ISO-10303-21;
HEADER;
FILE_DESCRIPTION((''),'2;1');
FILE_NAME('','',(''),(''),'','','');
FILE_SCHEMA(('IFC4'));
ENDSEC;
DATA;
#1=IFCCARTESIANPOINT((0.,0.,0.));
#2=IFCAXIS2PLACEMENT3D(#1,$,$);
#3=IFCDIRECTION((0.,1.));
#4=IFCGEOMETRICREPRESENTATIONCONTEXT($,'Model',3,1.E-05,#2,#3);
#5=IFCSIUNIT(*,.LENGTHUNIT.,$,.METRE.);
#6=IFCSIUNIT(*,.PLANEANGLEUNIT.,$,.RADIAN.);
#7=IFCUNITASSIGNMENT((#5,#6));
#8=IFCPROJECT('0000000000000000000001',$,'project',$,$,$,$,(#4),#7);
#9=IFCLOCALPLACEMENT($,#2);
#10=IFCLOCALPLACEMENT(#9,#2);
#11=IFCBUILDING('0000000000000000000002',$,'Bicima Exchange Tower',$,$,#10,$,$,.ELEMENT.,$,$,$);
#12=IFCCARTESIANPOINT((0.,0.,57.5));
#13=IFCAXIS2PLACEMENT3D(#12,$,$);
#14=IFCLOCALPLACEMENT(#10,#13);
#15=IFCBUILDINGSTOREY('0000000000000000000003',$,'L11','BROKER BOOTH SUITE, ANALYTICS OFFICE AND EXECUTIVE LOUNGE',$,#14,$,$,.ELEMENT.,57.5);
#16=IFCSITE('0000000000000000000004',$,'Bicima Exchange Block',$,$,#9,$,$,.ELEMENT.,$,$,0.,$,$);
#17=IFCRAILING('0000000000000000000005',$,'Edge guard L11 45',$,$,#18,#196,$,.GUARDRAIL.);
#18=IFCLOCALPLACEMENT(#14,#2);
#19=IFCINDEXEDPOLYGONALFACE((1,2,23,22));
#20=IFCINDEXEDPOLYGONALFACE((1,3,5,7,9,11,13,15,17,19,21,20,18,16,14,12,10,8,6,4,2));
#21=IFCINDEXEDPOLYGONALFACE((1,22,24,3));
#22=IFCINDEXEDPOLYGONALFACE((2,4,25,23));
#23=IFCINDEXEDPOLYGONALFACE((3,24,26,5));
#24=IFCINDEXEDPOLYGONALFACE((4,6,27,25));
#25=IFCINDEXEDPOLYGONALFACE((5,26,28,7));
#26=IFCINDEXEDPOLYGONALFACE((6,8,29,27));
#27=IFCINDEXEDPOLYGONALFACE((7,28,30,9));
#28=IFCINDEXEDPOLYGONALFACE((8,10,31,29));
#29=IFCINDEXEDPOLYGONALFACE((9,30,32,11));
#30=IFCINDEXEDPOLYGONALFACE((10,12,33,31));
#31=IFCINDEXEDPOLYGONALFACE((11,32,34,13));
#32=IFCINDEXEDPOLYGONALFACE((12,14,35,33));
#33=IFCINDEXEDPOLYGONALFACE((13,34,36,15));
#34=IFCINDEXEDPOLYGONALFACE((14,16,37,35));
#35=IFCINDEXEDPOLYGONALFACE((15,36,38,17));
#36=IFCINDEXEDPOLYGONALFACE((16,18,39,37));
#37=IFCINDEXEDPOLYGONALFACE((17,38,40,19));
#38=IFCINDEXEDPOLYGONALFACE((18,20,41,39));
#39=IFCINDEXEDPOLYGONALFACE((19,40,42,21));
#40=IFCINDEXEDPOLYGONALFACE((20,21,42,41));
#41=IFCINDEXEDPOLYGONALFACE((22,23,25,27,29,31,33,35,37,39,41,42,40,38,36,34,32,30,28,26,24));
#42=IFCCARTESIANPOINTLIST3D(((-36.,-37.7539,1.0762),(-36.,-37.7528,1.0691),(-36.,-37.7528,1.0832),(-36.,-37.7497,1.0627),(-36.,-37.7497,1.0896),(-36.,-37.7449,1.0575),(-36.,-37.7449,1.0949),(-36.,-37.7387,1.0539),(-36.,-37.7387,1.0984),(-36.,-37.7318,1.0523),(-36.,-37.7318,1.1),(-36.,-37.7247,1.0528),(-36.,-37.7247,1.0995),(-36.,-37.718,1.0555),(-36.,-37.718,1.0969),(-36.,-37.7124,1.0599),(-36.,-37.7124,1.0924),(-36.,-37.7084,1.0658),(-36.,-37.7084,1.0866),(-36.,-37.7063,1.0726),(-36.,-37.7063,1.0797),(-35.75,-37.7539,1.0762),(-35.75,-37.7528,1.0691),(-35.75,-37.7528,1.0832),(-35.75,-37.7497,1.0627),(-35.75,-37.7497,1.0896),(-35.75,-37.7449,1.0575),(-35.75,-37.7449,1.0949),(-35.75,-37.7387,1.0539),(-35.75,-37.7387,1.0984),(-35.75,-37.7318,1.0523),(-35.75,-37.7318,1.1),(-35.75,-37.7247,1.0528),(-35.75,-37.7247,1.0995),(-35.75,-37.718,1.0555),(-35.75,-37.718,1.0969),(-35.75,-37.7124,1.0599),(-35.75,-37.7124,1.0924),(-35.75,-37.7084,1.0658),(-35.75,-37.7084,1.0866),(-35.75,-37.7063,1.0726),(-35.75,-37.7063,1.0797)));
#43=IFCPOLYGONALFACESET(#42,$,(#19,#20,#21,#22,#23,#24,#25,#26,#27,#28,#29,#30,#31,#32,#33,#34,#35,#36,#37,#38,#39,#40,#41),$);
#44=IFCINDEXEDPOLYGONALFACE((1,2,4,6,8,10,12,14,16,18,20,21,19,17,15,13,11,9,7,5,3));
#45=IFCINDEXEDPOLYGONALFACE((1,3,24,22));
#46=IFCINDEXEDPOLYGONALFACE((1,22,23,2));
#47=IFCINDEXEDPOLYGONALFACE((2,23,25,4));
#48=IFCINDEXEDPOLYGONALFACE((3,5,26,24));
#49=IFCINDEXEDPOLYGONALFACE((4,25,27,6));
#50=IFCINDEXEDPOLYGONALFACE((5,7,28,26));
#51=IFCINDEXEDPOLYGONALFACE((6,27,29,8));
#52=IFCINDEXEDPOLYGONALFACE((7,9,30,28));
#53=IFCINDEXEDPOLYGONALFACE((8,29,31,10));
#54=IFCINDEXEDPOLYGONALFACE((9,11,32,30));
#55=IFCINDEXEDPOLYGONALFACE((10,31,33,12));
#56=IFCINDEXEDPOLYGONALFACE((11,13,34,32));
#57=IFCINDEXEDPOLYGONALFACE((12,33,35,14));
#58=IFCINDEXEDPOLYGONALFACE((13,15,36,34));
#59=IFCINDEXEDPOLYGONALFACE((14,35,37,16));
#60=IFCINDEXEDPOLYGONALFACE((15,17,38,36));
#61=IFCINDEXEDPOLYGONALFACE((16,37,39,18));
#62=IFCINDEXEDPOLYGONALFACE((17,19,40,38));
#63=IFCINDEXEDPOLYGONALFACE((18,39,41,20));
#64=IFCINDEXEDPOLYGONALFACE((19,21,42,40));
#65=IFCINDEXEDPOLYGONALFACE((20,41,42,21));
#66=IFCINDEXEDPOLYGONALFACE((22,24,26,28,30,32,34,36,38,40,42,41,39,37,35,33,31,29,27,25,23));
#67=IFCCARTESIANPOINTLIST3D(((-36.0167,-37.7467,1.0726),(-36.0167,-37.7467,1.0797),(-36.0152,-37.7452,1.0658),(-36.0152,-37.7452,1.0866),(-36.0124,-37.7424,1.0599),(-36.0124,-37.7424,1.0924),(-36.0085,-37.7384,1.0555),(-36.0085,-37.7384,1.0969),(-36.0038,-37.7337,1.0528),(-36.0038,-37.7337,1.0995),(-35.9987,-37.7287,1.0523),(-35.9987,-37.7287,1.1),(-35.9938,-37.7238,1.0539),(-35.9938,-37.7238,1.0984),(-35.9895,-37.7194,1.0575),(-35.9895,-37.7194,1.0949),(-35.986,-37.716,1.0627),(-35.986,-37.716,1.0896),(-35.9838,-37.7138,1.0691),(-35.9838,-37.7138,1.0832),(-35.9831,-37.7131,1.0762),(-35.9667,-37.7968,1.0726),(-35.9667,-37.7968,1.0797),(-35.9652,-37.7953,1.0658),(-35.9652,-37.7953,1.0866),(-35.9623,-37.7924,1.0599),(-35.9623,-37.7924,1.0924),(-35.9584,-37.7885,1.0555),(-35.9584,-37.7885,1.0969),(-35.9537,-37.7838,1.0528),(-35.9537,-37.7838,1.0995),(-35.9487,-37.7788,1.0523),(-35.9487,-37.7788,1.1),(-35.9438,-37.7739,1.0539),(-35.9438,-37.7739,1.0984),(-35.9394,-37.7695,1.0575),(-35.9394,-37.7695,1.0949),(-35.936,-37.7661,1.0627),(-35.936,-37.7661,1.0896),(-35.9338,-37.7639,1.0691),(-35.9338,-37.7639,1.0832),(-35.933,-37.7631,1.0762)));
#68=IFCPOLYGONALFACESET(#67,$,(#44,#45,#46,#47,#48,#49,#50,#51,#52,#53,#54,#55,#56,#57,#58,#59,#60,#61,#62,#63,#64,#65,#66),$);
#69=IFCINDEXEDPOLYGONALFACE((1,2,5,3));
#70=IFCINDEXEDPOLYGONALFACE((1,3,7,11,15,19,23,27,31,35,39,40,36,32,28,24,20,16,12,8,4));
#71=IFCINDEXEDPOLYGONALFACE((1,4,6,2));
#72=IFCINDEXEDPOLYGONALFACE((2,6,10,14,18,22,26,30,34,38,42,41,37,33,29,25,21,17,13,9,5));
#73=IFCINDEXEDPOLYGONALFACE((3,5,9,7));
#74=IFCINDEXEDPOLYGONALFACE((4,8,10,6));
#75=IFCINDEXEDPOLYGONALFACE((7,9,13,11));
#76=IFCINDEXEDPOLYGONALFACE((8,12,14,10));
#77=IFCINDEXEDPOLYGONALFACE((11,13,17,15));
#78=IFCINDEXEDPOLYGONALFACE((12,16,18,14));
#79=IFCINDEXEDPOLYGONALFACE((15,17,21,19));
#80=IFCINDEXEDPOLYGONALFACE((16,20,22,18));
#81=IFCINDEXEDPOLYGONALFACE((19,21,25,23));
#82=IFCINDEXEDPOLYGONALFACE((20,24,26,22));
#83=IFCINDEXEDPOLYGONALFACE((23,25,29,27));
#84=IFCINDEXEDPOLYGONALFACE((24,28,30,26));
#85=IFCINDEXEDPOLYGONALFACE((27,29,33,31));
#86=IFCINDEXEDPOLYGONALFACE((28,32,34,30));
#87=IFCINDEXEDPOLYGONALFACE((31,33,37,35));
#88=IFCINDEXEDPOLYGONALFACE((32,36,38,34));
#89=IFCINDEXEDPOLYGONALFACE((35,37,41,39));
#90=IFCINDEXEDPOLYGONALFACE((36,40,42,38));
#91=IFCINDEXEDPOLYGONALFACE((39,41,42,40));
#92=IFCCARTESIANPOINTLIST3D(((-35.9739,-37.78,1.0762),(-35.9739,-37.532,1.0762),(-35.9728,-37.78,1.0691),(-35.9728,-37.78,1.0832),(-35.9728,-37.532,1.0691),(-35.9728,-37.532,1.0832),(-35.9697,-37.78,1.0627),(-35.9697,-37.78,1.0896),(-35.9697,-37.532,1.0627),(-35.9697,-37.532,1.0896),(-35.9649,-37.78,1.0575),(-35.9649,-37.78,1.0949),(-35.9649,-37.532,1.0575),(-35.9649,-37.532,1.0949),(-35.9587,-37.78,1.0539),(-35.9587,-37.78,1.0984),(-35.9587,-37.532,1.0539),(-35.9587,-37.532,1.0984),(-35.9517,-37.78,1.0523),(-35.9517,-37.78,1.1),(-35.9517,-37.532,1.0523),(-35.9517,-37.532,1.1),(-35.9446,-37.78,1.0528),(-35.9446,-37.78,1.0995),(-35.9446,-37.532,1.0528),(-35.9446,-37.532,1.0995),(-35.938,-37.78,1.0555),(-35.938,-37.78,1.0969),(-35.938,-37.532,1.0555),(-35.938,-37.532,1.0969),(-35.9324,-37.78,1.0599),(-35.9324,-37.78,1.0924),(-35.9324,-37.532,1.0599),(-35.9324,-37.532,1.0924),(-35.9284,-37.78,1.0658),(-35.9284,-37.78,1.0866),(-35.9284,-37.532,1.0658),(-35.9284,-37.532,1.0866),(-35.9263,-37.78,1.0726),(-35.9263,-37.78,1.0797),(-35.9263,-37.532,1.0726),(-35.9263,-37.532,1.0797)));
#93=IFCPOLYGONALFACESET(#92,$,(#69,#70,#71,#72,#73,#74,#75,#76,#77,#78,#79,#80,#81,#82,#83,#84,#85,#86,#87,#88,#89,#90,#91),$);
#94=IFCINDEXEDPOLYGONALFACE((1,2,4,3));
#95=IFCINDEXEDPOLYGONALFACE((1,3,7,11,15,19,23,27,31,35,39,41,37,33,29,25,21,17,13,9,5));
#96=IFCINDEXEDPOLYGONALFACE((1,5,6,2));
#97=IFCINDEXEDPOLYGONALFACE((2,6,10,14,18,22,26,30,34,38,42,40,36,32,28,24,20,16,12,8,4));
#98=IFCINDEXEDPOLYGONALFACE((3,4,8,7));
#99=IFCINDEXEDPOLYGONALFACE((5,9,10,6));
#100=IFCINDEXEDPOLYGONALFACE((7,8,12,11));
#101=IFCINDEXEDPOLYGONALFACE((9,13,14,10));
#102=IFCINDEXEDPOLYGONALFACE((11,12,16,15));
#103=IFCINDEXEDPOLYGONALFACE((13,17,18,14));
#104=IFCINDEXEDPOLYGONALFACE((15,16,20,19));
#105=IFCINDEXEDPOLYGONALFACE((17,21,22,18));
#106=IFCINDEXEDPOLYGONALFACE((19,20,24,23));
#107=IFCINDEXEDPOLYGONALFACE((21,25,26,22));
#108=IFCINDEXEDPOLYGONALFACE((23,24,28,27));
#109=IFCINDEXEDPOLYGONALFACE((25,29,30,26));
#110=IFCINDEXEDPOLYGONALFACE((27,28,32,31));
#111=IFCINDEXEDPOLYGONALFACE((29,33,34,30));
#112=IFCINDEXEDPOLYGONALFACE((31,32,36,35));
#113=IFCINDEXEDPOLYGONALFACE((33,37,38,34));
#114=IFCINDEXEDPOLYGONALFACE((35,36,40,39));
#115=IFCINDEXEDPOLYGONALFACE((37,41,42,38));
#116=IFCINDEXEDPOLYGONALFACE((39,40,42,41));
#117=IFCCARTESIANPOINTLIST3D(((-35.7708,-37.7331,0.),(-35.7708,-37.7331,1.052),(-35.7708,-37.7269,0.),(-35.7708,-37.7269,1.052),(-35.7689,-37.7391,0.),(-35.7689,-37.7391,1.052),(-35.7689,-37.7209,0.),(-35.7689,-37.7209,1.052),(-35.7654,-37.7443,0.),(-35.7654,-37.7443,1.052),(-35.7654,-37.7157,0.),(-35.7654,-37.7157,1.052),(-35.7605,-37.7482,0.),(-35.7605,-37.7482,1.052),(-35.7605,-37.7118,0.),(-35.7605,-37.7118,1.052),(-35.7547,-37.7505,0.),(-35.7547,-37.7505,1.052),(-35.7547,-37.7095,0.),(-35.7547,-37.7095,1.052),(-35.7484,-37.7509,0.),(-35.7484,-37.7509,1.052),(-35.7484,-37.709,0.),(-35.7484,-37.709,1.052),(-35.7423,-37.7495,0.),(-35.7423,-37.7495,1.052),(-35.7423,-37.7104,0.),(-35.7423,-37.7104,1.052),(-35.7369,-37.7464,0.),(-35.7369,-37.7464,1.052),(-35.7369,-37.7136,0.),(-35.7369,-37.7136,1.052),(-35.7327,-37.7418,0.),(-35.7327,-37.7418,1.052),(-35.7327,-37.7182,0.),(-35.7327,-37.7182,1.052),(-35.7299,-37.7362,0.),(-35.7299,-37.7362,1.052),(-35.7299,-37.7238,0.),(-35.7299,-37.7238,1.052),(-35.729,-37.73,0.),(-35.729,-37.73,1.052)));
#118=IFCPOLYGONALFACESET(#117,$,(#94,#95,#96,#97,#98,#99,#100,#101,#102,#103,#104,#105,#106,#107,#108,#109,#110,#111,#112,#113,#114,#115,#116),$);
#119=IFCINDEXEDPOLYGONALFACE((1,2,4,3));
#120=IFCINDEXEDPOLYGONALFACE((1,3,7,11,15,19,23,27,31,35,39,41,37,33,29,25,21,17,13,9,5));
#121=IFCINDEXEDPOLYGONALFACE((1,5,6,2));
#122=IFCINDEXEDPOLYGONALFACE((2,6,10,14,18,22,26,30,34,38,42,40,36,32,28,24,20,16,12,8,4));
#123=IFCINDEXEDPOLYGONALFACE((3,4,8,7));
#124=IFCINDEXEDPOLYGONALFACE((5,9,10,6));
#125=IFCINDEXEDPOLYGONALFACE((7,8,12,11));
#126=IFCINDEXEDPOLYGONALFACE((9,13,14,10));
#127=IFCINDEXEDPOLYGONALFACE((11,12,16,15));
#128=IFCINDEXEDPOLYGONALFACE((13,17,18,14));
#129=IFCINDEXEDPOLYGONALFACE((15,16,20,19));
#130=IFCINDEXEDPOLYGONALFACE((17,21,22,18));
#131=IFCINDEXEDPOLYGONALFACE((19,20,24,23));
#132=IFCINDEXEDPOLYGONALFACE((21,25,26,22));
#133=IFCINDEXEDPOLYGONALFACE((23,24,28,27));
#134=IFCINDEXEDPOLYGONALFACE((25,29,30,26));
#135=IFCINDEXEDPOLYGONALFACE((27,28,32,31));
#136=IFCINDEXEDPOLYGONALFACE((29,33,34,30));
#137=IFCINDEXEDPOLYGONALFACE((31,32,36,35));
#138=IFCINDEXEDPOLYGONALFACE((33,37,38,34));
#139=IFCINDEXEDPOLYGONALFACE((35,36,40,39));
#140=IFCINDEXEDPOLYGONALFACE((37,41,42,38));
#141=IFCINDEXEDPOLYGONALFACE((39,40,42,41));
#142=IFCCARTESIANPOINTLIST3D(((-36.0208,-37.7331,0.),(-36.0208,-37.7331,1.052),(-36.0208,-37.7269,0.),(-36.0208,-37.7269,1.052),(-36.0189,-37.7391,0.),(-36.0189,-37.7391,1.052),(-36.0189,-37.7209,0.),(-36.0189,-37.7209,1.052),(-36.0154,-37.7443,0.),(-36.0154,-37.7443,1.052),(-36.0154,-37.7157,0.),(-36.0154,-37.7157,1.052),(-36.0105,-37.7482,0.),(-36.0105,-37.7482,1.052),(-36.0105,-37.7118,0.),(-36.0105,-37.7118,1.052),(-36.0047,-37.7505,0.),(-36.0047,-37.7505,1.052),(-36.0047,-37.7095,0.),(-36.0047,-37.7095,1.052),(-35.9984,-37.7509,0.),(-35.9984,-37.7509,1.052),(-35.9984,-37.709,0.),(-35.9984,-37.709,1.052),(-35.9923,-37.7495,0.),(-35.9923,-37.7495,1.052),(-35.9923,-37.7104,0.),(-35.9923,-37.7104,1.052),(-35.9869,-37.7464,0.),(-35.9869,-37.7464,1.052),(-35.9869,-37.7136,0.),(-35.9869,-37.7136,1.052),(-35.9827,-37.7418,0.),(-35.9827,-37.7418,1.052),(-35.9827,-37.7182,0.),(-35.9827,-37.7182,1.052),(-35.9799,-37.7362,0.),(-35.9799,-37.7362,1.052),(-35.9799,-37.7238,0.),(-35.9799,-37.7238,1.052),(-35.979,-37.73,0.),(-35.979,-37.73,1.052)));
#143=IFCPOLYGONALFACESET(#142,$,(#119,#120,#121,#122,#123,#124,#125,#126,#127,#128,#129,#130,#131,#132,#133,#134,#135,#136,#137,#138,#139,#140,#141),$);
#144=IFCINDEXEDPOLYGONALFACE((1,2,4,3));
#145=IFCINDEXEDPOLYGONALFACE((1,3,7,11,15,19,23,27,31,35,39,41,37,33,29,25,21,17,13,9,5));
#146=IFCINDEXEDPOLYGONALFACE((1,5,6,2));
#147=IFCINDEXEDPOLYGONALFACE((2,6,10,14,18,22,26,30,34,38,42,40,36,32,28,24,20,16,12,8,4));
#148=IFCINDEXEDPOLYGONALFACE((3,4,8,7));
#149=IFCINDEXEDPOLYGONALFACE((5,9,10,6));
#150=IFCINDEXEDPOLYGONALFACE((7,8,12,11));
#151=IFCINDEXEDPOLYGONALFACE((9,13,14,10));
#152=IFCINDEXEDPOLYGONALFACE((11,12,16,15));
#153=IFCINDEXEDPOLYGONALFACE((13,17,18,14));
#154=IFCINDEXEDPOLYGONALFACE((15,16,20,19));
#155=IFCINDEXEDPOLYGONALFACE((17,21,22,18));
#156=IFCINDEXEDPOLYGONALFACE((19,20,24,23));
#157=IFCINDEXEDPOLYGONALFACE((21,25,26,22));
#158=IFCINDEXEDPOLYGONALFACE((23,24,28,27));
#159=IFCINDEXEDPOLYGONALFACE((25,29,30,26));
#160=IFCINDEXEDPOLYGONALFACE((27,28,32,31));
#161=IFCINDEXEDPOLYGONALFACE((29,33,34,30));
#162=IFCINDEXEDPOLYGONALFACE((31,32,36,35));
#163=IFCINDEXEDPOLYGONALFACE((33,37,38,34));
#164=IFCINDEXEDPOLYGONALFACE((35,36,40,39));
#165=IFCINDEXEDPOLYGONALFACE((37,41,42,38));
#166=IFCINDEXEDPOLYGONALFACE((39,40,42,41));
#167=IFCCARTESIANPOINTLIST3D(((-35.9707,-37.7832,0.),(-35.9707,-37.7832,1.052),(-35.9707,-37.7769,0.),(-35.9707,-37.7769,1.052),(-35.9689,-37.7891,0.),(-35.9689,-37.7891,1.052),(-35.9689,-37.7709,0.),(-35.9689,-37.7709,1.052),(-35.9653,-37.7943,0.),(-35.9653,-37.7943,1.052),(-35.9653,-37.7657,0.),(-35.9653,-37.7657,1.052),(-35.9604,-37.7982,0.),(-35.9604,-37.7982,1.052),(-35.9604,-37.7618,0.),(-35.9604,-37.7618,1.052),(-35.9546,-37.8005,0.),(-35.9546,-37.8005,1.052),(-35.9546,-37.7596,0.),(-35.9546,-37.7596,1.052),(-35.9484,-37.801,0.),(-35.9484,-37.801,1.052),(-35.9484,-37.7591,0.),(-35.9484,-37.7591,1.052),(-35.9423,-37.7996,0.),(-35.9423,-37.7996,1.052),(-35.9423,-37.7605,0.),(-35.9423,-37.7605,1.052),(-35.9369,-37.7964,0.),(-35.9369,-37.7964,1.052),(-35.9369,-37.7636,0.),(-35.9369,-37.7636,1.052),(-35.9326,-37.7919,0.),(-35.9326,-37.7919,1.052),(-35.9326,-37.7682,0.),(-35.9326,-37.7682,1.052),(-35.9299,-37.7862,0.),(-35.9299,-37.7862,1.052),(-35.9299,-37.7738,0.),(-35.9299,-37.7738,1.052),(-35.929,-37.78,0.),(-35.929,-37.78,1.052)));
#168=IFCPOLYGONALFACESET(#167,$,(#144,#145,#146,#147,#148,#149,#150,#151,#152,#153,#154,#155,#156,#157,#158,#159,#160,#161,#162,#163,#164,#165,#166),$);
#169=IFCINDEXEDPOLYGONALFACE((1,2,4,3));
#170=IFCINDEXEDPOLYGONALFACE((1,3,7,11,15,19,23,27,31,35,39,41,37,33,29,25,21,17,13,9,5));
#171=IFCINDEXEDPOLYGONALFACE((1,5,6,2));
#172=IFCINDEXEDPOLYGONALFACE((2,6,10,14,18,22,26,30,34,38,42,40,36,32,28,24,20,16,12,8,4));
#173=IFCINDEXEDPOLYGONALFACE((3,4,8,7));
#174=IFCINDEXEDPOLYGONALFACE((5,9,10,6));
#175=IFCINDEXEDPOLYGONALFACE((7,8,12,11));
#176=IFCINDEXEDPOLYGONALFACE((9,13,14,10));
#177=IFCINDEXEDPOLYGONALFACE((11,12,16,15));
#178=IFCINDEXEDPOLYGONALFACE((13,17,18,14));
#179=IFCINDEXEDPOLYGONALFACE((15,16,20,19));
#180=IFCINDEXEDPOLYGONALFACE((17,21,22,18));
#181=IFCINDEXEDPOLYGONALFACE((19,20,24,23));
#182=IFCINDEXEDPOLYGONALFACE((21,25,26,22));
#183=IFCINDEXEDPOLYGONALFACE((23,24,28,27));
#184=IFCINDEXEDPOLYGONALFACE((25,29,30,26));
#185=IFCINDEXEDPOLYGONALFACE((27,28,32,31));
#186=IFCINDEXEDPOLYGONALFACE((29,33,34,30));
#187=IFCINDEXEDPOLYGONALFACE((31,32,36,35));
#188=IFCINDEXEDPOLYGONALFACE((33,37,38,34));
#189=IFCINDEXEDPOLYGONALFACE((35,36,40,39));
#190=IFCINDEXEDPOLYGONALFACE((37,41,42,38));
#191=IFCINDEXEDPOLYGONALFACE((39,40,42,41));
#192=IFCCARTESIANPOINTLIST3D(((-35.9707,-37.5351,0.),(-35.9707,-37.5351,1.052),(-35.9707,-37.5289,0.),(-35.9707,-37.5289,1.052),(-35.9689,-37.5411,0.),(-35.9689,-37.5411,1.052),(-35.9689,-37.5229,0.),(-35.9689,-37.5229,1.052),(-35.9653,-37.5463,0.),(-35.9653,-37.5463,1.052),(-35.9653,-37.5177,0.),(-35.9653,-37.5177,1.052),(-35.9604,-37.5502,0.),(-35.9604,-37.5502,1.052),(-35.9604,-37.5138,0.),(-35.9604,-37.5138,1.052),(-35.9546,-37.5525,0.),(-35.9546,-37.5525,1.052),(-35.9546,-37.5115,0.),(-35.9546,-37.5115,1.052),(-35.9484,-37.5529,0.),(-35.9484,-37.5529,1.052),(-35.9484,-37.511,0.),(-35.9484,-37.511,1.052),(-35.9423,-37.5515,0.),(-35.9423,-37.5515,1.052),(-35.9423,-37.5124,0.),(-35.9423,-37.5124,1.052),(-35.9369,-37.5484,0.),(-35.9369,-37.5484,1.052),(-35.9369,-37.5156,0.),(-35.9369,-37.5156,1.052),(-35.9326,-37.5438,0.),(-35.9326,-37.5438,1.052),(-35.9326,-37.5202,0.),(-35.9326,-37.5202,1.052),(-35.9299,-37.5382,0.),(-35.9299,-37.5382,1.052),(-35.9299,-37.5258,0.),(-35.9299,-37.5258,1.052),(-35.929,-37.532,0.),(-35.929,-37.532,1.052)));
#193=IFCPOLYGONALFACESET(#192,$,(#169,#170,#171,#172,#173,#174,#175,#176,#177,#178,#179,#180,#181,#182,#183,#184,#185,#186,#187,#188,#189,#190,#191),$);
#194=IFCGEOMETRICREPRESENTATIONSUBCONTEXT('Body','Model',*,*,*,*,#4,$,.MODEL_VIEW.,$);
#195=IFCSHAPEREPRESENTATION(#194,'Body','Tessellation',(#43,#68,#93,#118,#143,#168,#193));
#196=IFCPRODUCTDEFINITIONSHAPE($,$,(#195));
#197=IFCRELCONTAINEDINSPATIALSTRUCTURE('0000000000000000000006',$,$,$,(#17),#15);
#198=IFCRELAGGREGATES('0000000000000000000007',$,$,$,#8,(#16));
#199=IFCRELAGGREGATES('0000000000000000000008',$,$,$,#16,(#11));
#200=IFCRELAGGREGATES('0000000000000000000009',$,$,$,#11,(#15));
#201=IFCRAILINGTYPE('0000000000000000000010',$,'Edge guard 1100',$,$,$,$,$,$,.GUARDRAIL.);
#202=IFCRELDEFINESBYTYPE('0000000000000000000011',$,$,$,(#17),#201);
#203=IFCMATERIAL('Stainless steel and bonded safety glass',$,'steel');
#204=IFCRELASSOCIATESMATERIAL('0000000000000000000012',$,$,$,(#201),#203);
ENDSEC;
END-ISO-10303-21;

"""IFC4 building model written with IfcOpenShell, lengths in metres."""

from ifc_helpers import new_model, si_unit, direction, frame, origin, origin_2d, place, context, subcontext, project, spatial, circle, extrude, material, type_object, element, save


model = new_model("IFC4")

# Units and contexts
model_context = context("Model", 3, precision=1e-05, world=origin(), true_north=direction((0.0, 1.0)))
body_context = subcontext(model_context, "Body", "Model", "MODEL_VIEW")
ifc_project = project(units=[si_unit("LENGTHUNIT", "METRE"), si_unit("PLANEANGLEUNIT", "RADIAN")], contexts=[model_context])

# Site, building, storey
site_placement = place(None, origin())
site = spatial("IfcSite", under=ifc_project, at=site_placement, Name="Bicima Exchange Block", CompositionType="ELEMENT", RefElevation=0.0)
building_placement = place(site_placement, origin())
building = spatial("IfcBuilding", under=site, at=building_placement, Name="Bicima Exchange Tower", CompositionType="ELEMENT")
storey_placement = place(building_placement, frame((0.0, 0.0, 57.5)))
storey = spatial("IfcBuildingStorey", under=building, at=storey_placement, Name="L11", Description="BROKER BOOTH SUITE, ANALYTICS OFFICE AND EXECUTIVE LOUNGE", CompositionType="ELEMENT", Elevation=57.5)

# Railing
ifc_material_1 = material(Name="Stainless steel and bonded safety glass", Category="steel")
railing_type = type_object("IfcRailingType", Name="Edge guard 1100", PredefinedType="GUARDRAIL", material=ifc_material_1)
railing_1_placement = place(storey_placement, frame((-35.75, -37.73, 0.0)))
element("IfcRailing", 1, at=railing_1_placement, inside=storey, type_object=railing_type, Name="Edge guard L11 45", PredefinedType="GUARDRAIL", context=body_context, shape_type="SweptSolid", body=[
    extrude(circle(Radius=0.0239, at=origin_2d()), frame((0.0, 0.0, 1.0762), z_axis=(-1.0, 0.0, 0.0), x_axis=(0.0, -1.0, 0.0)), (0.0, 0.0, 1.0), 0.25),
    extrude(circle(Radius=0.0239, at=origin_2d()), frame((-0.25, 0.0, 1.0762), z_axis=(0.707107, -0.707107, 0.0), x_axis=(0.707107, 0.707107, 0.0)), (0.0, 0.0, 1.0), 0.0708),
    extrude(circle(Radius=0.0239, at=origin_2d()), frame((-0.2, -0.05, 1.0762), z_axis=(0.0, 1.0, 0.0), x_axis=(-1.0, 0.0, 0.0)), (0.0, 0.0, 1.0), 0.248),
    extrude(circle(Radius=0.021, at=origin_2d()), origin(), (0.0, 0.0, 1.0), 1.052),
    extrude(circle(Radius=0.021, at=origin_2d()), frame((-0.25, 0.0, 0.0)), (0.0, 0.0, 1.0), 1.052),
    extrude(circle(Radius=0.021, at=origin_2d()), frame((-0.2, -0.05, 0.0)), (0.0, 0.0, 1.0), 1.052),
    extrude(circle(Radius=0.021, at=origin_2d()), frame((-0.2, 0.198, 0.0)), (0.0, 0.0, 1.0), 1.052),
])

save(model, "model.ifc")
